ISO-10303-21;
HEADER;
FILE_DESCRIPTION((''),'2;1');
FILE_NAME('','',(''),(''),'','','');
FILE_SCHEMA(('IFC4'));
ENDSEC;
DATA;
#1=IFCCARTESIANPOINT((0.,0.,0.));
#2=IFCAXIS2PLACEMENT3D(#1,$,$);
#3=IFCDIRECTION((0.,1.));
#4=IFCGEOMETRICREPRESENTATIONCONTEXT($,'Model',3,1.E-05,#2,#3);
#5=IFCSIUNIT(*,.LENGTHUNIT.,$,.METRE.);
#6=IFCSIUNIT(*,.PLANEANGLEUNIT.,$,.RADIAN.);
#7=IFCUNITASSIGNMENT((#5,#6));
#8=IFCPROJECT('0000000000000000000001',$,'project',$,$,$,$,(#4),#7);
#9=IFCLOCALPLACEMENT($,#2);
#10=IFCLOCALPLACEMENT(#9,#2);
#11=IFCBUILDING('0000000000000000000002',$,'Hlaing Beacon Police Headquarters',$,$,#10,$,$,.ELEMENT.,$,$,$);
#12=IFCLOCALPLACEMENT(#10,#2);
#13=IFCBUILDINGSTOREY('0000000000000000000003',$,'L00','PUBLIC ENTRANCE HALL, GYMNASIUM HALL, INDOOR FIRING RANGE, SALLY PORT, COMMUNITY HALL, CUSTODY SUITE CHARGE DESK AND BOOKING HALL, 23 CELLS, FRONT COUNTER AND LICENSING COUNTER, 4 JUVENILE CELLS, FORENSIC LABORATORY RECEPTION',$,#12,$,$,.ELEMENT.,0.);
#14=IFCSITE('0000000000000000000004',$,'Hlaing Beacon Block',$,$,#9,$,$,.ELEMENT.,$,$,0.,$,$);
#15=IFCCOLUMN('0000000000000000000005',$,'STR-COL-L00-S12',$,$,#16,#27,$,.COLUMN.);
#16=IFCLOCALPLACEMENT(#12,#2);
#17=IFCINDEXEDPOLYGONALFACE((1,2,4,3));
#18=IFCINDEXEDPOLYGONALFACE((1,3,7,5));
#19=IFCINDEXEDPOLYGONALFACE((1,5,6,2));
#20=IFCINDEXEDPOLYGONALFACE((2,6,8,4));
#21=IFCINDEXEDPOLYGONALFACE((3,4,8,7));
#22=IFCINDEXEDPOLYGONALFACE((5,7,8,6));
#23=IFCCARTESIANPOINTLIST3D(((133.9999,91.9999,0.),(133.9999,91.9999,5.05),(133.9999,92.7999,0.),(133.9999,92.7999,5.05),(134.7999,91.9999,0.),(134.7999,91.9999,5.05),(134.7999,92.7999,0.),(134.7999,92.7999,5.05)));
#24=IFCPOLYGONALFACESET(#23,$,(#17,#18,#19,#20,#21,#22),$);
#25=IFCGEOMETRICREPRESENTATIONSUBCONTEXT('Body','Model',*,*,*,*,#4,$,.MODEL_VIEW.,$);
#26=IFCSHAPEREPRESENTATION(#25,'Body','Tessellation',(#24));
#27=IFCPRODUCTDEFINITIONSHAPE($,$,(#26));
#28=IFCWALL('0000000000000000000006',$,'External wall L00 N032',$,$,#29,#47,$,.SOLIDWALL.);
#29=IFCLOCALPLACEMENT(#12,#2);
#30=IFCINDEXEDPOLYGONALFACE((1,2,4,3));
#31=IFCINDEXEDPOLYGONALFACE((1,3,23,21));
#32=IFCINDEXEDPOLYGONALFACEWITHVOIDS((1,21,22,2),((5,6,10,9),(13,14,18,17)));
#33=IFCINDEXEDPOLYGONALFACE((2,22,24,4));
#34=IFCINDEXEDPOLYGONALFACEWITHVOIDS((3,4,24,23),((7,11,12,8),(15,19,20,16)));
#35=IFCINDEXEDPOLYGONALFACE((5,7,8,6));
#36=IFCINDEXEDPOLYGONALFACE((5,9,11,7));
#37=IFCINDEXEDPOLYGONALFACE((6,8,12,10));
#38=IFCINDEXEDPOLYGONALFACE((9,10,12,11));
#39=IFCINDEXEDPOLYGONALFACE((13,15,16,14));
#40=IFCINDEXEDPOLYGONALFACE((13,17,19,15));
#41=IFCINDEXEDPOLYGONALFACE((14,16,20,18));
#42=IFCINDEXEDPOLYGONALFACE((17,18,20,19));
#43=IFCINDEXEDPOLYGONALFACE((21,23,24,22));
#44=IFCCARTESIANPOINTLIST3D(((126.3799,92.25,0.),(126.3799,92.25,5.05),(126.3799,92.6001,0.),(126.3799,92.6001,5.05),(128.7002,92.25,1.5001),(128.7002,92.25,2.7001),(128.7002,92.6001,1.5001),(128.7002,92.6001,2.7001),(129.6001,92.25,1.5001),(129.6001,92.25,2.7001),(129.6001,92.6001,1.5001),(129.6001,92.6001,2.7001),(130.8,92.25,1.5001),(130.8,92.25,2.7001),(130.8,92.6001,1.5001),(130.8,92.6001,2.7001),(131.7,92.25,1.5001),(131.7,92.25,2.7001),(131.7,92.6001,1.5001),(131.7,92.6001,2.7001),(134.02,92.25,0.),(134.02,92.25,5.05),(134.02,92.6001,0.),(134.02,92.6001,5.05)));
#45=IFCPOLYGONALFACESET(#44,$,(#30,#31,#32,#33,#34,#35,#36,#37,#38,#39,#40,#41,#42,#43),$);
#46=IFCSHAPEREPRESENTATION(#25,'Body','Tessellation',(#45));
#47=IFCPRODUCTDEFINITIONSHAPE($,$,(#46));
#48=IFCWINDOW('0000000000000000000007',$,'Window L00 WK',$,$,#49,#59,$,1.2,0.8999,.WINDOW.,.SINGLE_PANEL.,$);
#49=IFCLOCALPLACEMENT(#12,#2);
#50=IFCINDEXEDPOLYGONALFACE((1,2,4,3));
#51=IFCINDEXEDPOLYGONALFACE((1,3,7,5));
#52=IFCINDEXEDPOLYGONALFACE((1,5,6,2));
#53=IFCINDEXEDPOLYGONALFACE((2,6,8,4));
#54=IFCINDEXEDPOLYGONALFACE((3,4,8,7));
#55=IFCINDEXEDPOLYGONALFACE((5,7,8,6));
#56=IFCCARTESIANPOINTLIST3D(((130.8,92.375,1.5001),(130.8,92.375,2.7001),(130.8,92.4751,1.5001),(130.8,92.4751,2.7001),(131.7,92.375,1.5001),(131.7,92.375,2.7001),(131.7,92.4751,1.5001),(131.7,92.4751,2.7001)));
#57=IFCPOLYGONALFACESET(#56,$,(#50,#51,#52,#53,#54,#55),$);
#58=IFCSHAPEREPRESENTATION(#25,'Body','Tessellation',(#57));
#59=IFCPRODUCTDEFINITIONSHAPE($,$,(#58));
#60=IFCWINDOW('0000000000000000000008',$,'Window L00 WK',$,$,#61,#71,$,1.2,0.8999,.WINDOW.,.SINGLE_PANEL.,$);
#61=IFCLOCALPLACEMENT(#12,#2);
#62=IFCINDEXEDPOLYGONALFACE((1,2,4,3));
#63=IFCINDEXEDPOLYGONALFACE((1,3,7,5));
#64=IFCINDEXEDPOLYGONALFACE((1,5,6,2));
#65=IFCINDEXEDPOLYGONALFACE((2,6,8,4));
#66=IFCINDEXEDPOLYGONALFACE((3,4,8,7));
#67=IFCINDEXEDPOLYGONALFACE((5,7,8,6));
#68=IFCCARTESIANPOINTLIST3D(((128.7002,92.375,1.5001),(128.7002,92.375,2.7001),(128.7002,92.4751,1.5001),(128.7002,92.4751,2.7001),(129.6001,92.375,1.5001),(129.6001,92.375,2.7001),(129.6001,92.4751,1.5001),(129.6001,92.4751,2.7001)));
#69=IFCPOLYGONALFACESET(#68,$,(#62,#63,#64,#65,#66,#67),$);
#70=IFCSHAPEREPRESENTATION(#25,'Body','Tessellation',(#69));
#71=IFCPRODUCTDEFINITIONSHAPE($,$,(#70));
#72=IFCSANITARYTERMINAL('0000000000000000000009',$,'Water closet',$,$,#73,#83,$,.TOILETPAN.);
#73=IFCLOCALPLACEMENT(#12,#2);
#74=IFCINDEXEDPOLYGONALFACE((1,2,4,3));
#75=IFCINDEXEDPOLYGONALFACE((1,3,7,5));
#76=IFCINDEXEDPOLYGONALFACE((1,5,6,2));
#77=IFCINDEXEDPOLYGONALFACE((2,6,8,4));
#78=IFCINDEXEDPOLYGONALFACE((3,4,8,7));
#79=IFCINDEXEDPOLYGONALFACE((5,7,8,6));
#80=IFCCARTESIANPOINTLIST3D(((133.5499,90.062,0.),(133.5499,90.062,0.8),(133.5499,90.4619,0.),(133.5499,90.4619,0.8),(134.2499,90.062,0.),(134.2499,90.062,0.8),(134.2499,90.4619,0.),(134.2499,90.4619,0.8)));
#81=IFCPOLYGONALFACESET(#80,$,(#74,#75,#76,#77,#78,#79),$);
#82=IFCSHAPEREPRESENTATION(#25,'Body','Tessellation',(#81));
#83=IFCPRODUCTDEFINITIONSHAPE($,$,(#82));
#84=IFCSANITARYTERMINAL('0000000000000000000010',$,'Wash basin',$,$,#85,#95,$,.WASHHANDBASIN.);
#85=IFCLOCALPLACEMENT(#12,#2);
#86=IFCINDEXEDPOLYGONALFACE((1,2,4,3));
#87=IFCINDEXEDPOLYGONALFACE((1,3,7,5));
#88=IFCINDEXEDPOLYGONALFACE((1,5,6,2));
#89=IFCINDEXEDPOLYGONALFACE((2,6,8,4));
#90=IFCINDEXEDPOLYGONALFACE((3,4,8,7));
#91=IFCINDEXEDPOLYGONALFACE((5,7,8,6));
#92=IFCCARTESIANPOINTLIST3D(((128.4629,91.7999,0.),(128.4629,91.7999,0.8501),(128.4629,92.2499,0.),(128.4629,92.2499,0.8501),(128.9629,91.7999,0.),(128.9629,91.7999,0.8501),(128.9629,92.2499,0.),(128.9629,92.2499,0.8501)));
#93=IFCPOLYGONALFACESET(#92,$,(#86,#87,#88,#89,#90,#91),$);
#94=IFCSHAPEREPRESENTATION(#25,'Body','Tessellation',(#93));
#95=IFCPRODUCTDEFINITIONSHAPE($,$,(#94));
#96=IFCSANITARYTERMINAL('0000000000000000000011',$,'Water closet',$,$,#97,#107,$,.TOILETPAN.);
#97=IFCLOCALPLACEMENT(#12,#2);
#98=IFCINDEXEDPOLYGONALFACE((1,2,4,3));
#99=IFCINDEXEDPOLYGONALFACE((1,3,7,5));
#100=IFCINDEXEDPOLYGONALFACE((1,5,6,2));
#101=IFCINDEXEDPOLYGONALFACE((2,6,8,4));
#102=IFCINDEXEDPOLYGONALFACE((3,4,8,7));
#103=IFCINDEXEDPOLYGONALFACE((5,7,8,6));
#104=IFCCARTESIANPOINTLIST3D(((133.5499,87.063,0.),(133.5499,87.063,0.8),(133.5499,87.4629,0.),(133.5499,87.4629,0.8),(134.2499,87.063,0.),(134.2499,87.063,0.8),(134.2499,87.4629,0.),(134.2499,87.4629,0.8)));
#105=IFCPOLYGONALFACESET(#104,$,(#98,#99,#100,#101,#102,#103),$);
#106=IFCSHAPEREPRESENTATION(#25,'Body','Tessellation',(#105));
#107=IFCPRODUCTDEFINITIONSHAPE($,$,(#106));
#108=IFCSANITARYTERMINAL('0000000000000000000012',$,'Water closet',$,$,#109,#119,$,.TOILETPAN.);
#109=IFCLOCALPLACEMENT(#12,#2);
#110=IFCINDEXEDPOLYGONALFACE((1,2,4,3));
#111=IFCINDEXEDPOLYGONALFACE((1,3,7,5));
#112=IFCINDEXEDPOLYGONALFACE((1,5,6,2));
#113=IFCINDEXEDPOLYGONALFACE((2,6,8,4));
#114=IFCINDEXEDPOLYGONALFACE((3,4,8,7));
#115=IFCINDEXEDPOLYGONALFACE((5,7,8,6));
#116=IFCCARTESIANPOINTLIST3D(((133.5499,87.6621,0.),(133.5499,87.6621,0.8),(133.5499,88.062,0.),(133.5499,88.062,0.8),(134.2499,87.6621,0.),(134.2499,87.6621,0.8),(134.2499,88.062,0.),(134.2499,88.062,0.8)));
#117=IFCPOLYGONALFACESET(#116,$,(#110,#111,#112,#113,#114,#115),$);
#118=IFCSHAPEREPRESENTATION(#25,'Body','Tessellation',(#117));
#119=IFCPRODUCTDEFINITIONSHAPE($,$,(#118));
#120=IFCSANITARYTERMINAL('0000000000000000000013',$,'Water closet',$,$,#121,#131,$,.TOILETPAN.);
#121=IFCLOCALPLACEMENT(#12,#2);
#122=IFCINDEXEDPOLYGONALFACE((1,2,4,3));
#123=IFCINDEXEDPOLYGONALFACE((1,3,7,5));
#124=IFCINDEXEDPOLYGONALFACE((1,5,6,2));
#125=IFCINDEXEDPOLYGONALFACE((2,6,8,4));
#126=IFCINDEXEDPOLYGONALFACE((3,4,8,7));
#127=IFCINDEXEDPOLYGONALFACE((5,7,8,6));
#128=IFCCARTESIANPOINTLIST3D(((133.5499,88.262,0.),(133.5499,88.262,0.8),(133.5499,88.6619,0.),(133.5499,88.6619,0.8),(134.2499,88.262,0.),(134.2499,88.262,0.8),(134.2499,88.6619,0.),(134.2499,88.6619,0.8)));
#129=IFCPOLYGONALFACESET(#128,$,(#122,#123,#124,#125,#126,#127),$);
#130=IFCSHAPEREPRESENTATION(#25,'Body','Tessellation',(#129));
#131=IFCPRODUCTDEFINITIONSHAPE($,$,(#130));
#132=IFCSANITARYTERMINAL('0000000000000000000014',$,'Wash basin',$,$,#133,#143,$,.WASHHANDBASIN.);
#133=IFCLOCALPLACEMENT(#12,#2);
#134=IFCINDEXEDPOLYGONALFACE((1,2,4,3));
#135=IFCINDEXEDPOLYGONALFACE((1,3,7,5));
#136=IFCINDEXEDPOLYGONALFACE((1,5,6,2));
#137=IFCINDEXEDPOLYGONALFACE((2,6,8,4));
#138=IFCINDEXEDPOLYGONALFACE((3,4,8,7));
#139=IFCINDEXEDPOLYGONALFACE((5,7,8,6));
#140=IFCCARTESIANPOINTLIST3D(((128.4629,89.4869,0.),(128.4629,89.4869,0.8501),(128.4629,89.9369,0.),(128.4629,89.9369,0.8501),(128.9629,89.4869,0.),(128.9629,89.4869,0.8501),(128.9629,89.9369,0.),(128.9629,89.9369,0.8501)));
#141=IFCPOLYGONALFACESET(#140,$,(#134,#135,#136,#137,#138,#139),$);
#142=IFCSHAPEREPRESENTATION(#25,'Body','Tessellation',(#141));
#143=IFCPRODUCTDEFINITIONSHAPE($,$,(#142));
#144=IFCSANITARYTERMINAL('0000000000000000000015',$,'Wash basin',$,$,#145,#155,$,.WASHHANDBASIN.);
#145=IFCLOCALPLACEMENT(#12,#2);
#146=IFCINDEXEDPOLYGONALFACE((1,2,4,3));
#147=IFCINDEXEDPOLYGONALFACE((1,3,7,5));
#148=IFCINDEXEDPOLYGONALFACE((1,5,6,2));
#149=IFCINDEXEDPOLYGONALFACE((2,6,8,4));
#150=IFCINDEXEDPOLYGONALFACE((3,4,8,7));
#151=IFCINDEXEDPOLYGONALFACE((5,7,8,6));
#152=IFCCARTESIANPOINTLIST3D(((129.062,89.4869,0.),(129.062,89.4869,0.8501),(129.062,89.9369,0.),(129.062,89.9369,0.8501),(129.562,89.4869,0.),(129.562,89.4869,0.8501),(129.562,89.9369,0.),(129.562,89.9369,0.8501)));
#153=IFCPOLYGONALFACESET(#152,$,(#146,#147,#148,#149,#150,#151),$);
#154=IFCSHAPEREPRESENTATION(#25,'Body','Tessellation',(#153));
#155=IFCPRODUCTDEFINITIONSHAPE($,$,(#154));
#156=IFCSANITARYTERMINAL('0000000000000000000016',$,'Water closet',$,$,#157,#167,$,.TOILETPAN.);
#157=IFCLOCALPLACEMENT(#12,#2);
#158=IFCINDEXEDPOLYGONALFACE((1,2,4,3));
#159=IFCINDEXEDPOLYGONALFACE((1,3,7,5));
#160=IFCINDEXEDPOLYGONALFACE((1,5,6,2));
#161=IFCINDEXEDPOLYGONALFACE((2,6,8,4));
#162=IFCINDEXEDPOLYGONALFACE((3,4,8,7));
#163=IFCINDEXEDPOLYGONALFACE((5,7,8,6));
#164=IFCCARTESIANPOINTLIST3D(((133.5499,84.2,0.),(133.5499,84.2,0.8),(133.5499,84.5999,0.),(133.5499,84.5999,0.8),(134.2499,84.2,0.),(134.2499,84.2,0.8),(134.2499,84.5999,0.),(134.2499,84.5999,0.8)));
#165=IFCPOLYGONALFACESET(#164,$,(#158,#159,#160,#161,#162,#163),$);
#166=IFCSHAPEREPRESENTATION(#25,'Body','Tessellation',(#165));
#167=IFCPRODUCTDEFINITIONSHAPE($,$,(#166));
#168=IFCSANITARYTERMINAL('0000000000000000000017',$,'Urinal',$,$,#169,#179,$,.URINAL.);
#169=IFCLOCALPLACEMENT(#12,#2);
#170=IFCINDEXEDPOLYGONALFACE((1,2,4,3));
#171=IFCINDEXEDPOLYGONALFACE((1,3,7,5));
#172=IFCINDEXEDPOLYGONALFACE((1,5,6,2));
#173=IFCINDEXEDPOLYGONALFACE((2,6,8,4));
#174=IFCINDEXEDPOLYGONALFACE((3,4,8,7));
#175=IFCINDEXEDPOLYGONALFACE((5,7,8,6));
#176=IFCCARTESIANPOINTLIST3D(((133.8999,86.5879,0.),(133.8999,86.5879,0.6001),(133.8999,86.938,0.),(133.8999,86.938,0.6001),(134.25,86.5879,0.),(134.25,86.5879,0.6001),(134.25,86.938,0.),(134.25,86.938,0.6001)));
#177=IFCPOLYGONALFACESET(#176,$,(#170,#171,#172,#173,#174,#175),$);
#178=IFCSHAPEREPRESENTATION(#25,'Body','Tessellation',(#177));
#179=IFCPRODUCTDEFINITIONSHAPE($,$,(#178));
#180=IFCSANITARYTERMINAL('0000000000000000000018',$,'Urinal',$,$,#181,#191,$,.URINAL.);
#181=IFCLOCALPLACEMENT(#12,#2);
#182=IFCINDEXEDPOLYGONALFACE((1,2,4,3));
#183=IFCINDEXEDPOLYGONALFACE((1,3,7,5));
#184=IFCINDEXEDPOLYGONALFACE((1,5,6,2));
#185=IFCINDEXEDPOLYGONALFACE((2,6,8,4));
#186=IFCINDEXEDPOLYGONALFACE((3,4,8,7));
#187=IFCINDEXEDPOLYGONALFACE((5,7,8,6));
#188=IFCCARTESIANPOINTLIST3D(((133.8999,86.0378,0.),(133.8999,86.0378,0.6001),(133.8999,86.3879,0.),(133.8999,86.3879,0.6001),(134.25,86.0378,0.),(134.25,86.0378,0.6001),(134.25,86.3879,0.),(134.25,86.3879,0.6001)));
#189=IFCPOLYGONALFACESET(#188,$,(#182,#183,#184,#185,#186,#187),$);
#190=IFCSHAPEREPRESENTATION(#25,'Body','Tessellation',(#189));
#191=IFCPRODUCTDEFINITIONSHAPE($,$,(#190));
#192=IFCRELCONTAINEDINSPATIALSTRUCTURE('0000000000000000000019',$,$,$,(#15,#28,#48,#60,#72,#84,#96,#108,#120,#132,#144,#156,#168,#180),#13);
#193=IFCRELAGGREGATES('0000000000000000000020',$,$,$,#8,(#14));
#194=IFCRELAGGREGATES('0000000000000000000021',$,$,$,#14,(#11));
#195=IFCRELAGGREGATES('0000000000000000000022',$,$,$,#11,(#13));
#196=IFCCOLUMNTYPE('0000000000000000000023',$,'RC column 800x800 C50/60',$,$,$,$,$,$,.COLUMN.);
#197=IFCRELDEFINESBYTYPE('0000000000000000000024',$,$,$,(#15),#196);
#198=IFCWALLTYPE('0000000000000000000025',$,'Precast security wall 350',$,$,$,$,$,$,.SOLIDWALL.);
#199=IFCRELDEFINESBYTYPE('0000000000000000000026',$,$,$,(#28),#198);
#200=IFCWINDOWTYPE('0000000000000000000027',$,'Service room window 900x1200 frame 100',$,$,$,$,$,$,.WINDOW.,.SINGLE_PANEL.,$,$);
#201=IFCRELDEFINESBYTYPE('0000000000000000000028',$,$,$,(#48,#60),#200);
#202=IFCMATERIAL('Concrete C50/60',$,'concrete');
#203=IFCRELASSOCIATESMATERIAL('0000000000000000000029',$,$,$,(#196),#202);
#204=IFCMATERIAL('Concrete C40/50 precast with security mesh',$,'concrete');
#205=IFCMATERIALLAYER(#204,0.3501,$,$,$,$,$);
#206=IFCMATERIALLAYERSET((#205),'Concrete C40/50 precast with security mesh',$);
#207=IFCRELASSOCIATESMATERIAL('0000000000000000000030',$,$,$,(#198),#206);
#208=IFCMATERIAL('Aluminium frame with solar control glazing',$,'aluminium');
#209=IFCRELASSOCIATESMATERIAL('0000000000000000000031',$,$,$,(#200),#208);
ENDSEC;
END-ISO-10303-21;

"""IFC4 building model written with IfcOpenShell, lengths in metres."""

from ifc_helpers import new_model, si_unit, direction, frame, frame_2d, origin, origin_2d, place, context, subcontext, project, spatial, rectangle, extrude, material, layer, layer_set, material_profile, profile_set, type_object, element, fill, save


model = new_model("IFC4")

# Units and contexts
model_context = context("Model", 3, precision=1e-05, world=origin(), true_north=direction((0.0, 1.0)))
body_context = subcontext(model_context, "Body", "Model", "MODEL_VIEW")
ifc_project = project(units=[si_unit("LENGTHUNIT", "METRE"), si_unit("PLANEANGLEUNIT", "RADIAN")], contexts=[model_context])

# Site, building, storey
site_placement = place(None, origin())
site = spatial("IfcSite", under=ifc_project, at=site_placement, Name="Hlaing Beacon Block", CompositionType="ELEMENT", RefElevation=0.0)
building_placement = place(site_placement, origin())
building = spatial("IfcBuilding", under=site, at=building_placement, Name="Hlaing Beacon Police Headquarters", CompositionType="ELEMENT")
storey_placement = place(building_placement, origin())
storey = spatial("IfcBuildingStorey", under=building, at=storey_placement, Name="L00", Description="PUBLIC ENTRANCE HALL, GYMNASIUM HALL, INDOOR FIRING RANGE, SALLY PORT, COMMUNITY HALL, CUSTODY SUITE CHARGE DESK AND BOOKING HALL, 23 CELLS, FRONT COUNTER AND LICENSING COUNTER, 4 JUVENILE CELLS, FORENSIC LABORATORY RECEPTION", CompositionType="ELEMENT", Elevation=0.0)

# Column
ifc_material_1 = material(Name="Concrete C50/60", Category="concrete")
ifc_material_profile = material_profile(ifc_material_1, rectangle(XDim=0.8, YDim=0.8, at=origin_2d()), Name="800x800")
ifc_profile_set = profile_set([ifc_material_profile], Name="Concrete C50/60")
column_type = type_object("IfcColumnType", Name="RC column 800x800 C50/60", PredefinedType="COLUMN", material=ifc_profile_set)
column_placement = place(storey_placement, frame((134.3999, 92.3999, 0.0), z_axis=(0.0, 0.0, 1.0), x_axis=(1.0, 0.0, 0.0)))
element("IfcColumn", 1, at=column_placement, inside=storey, type_object=column_type, Name="STR-COL-L00-S12", PredefinedType="COLUMN", context=body_context, shape_type="SweptSolid", body=[
    extrude(rectangle(XDim=0.8, YDim=0.8, at=origin_2d()), origin(), (0.0, 0.0, 1.0), 5.05),
])

# Wall, openings, windows
ifc_material_2 = material(Name="Concrete C40/50 precast with security mesh", Category="concrete")
ifc_layer = layer(ifc_material_2, 0.3501)
ifc_layer_set = layer_set([ifc_layer], Name="Concrete C40/50 precast with security mesh")
wall_type = type_object("IfcWallType", Name="Precast security wall 350", PredefinedType="SOLIDWALL", material=ifc_layer_set)
wall_placement = place(storey_placement, frame((134.02, 92.425, 0.0), z_axis=(0.0, 0.0, 1.0), x_axis=(-1.0, 0.0, 0.0)))
wall = element("IfcWall", 2, at=wall_placement, inside=storey, type_object=wall_type, Name="External wall L00 N032", PredefinedType="SOLIDWALL", context=body_context, shape_type="SweptSolid", body=[
    extrude(rectangle(XDim=7.6401, YDim=0.3501, at=frame_2d((3.8201, 0.0))), origin(), (0.0, 0.0, 1.0), 5.05),
])
opening_1_placement = place(wall_placement, frame((2.3201, 0.0, 1.5)))
opening_1 = element("IfcOpeningElement", 3, at=opening_1_placement, cuts=wall, PredefinedType="OPENING", context=body_context, shape_type="SweptSolid", body=[
    extrude(rectangle(XDim=0.8999, YDim=1.2, at=frame_2d((0.45, 0.6001))), frame((0.0, 0.1851, 0.0), z_axis=(0.0, -1.0, 0.0), x_axis=(1.0, 0.0, 0.0)), (0.0, 0.0, 1.0), 0.3701),
])
opening_2_placement = place(wall_placement, frame((4.4199, 0.0, 1.5)))
opening_2 = element("IfcOpeningElement", 4, at=opening_2_placement, cuts=wall, PredefinedType="OPENING", context=body_context, shape_type="SweptSolid", body=[
    extrude(rectangle(XDim=0.8999, YDim=1.2, at=frame_2d((0.45, 0.6001))), frame((0.0, 0.1851, 0.0), z_axis=(0.0, -1.0, 0.0), x_axis=(1.0, 0.0, 0.0)), (0.0, 0.0, 1.0), 0.3701),
])
ifc_material_3 = material(Name="Aluminium frame with solar control glazing", Category="aluminium")
window_type = type_object("IfcWindowType", Name="Service room window 900x1200 frame 100", PartitioningType="SINGLE_PANEL", PredefinedType="WINDOW", material=ifc_material_3)
window_1_placement = place(opening_1_placement, origin())
window_1 = element("IfcWindow", 5, at=window_1_placement, inside=storey, type_object=window_type, Name="Window L00 WK", OverallHeight=1.2, OverallWidth=0.8999, PartitioningType="SINGLE_PANEL", PredefinedType="WINDOW", context=body_context, shape_type="SweptSolid", body=[
    extrude(rectangle(XDim=0.8999, YDim=1.2, at=frame_2d((0.45, 0.6001))), frame((0.0, 0.05, 0.0), z_axis=(0.0, -1.0, 0.0), x_axis=(1.0, 0.0, 0.0)), (0.0, 0.0, 1.0), 0.1001),
])
fill(opening_1, window_1)
window_2_placement = place(opening_2_placement, origin())
window_2 = element("IfcWindow", 6, at=window_2_placement, inside=storey, type_object=window_type, Name="Window L00 WK", OverallHeight=1.2, OverallWidth=0.8999, PartitioningType="SINGLE_PANEL", PredefinedType="WINDOW", context=body_context, shape_type="SweptSolid", body=[
    extrude(rectangle(XDim=0.8999, YDim=1.2, at=frame_2d((0.45, 0.6001))), frame((0.0, 0.05, 0.0), z_axis=(0.0, -1.0, 0.0), x_axis=(1.0, 0.0, 0.0)), (0.0, 0.0, 1.0), 0.1001),
])
fill(opening_2, window_2)

# Sanitary terminals
sanitary_terminal_1_placement = place(storey_placement, frame((133.8999, 90.262, 0.0), z_axis=(0.0, 0.0, 1.0), x_axis=(1.0, 0.0, 0.0)))
element("IfcSanitaryTerminal", 7, at=sanitary_terminal_1_placement, inside=storey, Name="Water closet", PredefinedType="TOILETPAN", context=body_context, shape_type="SweptSolid", body=[
    extrude(rectangle(XDim=0.7, YDim=0.3999, at=origin_2d()), origin(), (0.0, 0.0, 1.0), 0.8),
])
sanitary_terminal_2_placement = place(storey_placement, frame((128.7129, 92.0249, 0.0), z_axis=(0.0, 0.0, 1.0), x_axis=(1.0, 0.0, 0.0)))
element("IfcSanitaryTerminal", 8, at=sanitary_terminal_2_placement, inside=storey, Name="Wash basin", PredefinedType="WASHHANDBASIN", context=body_context, shape_type="SweptSolid", body=[
    extrude(rectangle(XDim=0.5, YDim=0.45, at=origin_2d()), origin(), (0.0, 0.0, 1.0), 0.8501),
])
for number, where, z_axis, x_axis, name in (
    (9, (133.8999, 87.2629, 0.0), (0.0, 0.0, 1.0), (1.0, 0.0, 0.0), "Water closet"),
    (10, (133.8999, 87.8621, 0.0), (0.0, 0.0, 1.0), (1.0, 0.0, 0.0), "Water closet"),
    (11, (133.8999, 88.4619, 0.0), (0.0, 0.0, 1.0), (1.0, 0.0, 0.0), "Water closet"),
):
    element("IfcSanitaryTerminal", number, at=place(storey_placement, frame(where, z_axis=z_axis, x_axis=x_axis)), inside=storey, Name=name, PredefinedType="TOILETPAN", context=body_context, shape_type="SweptSolid", body=[
        extrude(rectangle(XDim=0.7, YDim=0.3999, at=origin_2d()), origin(), (0.0, 0.0, 1.0), 0.8),
    ])
for number, where, z_axis, x_axis, name in (
    (12, (128.7129, 89.7119, 0.0), (0.0, 0.0, 1.0), (1.0, 0.0, 0.0), "Wash basin"),
    (13, (129.312, 89.7119, 0.0), (0.0, 0.0, 1.0), (1.0, 0.0, 0.0), "Wash basin"),
):
    element("IfcSanitaryTerminal", number, at=place(storey_placement, frame(where, z_axis=z_axis, x_axis=x_axis)), inside=storey, Name=name, PredefinedType="WASHHANDBASIN", context=body_context, shape_type="SweptSolid", body=[
        extrude(rectangle(XDim=0.5, YDim=0.45, at=origin_2d()), origin(), (0.0, 0.0, 1.0), 0.8501),
    ])
sanitary_terminal_3_placement = place(storey_placement, frame((133.8999, 84.3999, 0.0), z_axis=(0.0, 0.0, 1.0), x_axis=(1.0, 0.0, 0.0)))
element("IfcSanitaryTerminal", 14, at=sanitary_terminal_3_placement, inside=storey, Name="Water closet", PredefinedType="TOILETPAN", context=body_context, shape_type="SweptSolid", body=[
    extrude(rectangle(XDim=0.7, YDim=0.3999, at=origin_2d()), origin(), (0.0, 0.0, 1.0), 0.8),
])
for number, where, z_axis, x_axis, name in (
    (15, (134.075, 86.7629, 0.0), (0.0, 0.0, 1.0), (1.0, 0.0, 0.0), "Urinal"),
    (16, (134.075, 86.2129, 0.0), (0.0, 0.0, 1.0), (1.0, 0.0, 0.0), "Urinal"),
):
    element("IfcSanitaryTerminal", number, at=place(storey_placement, frame(where, z_axis=z_axis, x_axis=x_axis)), inside=storey, Name=name, PredefinedType="URINAL", context=body_context, shape_type="SweptSolid", body=[
        extrude(rectangle(XDim=0.3501, YDim=0.3501, at=origin_2d()), origin(), (0.0, 0.0, 1.0), 0.6001),
    ])

save(model, "model.ifc")
